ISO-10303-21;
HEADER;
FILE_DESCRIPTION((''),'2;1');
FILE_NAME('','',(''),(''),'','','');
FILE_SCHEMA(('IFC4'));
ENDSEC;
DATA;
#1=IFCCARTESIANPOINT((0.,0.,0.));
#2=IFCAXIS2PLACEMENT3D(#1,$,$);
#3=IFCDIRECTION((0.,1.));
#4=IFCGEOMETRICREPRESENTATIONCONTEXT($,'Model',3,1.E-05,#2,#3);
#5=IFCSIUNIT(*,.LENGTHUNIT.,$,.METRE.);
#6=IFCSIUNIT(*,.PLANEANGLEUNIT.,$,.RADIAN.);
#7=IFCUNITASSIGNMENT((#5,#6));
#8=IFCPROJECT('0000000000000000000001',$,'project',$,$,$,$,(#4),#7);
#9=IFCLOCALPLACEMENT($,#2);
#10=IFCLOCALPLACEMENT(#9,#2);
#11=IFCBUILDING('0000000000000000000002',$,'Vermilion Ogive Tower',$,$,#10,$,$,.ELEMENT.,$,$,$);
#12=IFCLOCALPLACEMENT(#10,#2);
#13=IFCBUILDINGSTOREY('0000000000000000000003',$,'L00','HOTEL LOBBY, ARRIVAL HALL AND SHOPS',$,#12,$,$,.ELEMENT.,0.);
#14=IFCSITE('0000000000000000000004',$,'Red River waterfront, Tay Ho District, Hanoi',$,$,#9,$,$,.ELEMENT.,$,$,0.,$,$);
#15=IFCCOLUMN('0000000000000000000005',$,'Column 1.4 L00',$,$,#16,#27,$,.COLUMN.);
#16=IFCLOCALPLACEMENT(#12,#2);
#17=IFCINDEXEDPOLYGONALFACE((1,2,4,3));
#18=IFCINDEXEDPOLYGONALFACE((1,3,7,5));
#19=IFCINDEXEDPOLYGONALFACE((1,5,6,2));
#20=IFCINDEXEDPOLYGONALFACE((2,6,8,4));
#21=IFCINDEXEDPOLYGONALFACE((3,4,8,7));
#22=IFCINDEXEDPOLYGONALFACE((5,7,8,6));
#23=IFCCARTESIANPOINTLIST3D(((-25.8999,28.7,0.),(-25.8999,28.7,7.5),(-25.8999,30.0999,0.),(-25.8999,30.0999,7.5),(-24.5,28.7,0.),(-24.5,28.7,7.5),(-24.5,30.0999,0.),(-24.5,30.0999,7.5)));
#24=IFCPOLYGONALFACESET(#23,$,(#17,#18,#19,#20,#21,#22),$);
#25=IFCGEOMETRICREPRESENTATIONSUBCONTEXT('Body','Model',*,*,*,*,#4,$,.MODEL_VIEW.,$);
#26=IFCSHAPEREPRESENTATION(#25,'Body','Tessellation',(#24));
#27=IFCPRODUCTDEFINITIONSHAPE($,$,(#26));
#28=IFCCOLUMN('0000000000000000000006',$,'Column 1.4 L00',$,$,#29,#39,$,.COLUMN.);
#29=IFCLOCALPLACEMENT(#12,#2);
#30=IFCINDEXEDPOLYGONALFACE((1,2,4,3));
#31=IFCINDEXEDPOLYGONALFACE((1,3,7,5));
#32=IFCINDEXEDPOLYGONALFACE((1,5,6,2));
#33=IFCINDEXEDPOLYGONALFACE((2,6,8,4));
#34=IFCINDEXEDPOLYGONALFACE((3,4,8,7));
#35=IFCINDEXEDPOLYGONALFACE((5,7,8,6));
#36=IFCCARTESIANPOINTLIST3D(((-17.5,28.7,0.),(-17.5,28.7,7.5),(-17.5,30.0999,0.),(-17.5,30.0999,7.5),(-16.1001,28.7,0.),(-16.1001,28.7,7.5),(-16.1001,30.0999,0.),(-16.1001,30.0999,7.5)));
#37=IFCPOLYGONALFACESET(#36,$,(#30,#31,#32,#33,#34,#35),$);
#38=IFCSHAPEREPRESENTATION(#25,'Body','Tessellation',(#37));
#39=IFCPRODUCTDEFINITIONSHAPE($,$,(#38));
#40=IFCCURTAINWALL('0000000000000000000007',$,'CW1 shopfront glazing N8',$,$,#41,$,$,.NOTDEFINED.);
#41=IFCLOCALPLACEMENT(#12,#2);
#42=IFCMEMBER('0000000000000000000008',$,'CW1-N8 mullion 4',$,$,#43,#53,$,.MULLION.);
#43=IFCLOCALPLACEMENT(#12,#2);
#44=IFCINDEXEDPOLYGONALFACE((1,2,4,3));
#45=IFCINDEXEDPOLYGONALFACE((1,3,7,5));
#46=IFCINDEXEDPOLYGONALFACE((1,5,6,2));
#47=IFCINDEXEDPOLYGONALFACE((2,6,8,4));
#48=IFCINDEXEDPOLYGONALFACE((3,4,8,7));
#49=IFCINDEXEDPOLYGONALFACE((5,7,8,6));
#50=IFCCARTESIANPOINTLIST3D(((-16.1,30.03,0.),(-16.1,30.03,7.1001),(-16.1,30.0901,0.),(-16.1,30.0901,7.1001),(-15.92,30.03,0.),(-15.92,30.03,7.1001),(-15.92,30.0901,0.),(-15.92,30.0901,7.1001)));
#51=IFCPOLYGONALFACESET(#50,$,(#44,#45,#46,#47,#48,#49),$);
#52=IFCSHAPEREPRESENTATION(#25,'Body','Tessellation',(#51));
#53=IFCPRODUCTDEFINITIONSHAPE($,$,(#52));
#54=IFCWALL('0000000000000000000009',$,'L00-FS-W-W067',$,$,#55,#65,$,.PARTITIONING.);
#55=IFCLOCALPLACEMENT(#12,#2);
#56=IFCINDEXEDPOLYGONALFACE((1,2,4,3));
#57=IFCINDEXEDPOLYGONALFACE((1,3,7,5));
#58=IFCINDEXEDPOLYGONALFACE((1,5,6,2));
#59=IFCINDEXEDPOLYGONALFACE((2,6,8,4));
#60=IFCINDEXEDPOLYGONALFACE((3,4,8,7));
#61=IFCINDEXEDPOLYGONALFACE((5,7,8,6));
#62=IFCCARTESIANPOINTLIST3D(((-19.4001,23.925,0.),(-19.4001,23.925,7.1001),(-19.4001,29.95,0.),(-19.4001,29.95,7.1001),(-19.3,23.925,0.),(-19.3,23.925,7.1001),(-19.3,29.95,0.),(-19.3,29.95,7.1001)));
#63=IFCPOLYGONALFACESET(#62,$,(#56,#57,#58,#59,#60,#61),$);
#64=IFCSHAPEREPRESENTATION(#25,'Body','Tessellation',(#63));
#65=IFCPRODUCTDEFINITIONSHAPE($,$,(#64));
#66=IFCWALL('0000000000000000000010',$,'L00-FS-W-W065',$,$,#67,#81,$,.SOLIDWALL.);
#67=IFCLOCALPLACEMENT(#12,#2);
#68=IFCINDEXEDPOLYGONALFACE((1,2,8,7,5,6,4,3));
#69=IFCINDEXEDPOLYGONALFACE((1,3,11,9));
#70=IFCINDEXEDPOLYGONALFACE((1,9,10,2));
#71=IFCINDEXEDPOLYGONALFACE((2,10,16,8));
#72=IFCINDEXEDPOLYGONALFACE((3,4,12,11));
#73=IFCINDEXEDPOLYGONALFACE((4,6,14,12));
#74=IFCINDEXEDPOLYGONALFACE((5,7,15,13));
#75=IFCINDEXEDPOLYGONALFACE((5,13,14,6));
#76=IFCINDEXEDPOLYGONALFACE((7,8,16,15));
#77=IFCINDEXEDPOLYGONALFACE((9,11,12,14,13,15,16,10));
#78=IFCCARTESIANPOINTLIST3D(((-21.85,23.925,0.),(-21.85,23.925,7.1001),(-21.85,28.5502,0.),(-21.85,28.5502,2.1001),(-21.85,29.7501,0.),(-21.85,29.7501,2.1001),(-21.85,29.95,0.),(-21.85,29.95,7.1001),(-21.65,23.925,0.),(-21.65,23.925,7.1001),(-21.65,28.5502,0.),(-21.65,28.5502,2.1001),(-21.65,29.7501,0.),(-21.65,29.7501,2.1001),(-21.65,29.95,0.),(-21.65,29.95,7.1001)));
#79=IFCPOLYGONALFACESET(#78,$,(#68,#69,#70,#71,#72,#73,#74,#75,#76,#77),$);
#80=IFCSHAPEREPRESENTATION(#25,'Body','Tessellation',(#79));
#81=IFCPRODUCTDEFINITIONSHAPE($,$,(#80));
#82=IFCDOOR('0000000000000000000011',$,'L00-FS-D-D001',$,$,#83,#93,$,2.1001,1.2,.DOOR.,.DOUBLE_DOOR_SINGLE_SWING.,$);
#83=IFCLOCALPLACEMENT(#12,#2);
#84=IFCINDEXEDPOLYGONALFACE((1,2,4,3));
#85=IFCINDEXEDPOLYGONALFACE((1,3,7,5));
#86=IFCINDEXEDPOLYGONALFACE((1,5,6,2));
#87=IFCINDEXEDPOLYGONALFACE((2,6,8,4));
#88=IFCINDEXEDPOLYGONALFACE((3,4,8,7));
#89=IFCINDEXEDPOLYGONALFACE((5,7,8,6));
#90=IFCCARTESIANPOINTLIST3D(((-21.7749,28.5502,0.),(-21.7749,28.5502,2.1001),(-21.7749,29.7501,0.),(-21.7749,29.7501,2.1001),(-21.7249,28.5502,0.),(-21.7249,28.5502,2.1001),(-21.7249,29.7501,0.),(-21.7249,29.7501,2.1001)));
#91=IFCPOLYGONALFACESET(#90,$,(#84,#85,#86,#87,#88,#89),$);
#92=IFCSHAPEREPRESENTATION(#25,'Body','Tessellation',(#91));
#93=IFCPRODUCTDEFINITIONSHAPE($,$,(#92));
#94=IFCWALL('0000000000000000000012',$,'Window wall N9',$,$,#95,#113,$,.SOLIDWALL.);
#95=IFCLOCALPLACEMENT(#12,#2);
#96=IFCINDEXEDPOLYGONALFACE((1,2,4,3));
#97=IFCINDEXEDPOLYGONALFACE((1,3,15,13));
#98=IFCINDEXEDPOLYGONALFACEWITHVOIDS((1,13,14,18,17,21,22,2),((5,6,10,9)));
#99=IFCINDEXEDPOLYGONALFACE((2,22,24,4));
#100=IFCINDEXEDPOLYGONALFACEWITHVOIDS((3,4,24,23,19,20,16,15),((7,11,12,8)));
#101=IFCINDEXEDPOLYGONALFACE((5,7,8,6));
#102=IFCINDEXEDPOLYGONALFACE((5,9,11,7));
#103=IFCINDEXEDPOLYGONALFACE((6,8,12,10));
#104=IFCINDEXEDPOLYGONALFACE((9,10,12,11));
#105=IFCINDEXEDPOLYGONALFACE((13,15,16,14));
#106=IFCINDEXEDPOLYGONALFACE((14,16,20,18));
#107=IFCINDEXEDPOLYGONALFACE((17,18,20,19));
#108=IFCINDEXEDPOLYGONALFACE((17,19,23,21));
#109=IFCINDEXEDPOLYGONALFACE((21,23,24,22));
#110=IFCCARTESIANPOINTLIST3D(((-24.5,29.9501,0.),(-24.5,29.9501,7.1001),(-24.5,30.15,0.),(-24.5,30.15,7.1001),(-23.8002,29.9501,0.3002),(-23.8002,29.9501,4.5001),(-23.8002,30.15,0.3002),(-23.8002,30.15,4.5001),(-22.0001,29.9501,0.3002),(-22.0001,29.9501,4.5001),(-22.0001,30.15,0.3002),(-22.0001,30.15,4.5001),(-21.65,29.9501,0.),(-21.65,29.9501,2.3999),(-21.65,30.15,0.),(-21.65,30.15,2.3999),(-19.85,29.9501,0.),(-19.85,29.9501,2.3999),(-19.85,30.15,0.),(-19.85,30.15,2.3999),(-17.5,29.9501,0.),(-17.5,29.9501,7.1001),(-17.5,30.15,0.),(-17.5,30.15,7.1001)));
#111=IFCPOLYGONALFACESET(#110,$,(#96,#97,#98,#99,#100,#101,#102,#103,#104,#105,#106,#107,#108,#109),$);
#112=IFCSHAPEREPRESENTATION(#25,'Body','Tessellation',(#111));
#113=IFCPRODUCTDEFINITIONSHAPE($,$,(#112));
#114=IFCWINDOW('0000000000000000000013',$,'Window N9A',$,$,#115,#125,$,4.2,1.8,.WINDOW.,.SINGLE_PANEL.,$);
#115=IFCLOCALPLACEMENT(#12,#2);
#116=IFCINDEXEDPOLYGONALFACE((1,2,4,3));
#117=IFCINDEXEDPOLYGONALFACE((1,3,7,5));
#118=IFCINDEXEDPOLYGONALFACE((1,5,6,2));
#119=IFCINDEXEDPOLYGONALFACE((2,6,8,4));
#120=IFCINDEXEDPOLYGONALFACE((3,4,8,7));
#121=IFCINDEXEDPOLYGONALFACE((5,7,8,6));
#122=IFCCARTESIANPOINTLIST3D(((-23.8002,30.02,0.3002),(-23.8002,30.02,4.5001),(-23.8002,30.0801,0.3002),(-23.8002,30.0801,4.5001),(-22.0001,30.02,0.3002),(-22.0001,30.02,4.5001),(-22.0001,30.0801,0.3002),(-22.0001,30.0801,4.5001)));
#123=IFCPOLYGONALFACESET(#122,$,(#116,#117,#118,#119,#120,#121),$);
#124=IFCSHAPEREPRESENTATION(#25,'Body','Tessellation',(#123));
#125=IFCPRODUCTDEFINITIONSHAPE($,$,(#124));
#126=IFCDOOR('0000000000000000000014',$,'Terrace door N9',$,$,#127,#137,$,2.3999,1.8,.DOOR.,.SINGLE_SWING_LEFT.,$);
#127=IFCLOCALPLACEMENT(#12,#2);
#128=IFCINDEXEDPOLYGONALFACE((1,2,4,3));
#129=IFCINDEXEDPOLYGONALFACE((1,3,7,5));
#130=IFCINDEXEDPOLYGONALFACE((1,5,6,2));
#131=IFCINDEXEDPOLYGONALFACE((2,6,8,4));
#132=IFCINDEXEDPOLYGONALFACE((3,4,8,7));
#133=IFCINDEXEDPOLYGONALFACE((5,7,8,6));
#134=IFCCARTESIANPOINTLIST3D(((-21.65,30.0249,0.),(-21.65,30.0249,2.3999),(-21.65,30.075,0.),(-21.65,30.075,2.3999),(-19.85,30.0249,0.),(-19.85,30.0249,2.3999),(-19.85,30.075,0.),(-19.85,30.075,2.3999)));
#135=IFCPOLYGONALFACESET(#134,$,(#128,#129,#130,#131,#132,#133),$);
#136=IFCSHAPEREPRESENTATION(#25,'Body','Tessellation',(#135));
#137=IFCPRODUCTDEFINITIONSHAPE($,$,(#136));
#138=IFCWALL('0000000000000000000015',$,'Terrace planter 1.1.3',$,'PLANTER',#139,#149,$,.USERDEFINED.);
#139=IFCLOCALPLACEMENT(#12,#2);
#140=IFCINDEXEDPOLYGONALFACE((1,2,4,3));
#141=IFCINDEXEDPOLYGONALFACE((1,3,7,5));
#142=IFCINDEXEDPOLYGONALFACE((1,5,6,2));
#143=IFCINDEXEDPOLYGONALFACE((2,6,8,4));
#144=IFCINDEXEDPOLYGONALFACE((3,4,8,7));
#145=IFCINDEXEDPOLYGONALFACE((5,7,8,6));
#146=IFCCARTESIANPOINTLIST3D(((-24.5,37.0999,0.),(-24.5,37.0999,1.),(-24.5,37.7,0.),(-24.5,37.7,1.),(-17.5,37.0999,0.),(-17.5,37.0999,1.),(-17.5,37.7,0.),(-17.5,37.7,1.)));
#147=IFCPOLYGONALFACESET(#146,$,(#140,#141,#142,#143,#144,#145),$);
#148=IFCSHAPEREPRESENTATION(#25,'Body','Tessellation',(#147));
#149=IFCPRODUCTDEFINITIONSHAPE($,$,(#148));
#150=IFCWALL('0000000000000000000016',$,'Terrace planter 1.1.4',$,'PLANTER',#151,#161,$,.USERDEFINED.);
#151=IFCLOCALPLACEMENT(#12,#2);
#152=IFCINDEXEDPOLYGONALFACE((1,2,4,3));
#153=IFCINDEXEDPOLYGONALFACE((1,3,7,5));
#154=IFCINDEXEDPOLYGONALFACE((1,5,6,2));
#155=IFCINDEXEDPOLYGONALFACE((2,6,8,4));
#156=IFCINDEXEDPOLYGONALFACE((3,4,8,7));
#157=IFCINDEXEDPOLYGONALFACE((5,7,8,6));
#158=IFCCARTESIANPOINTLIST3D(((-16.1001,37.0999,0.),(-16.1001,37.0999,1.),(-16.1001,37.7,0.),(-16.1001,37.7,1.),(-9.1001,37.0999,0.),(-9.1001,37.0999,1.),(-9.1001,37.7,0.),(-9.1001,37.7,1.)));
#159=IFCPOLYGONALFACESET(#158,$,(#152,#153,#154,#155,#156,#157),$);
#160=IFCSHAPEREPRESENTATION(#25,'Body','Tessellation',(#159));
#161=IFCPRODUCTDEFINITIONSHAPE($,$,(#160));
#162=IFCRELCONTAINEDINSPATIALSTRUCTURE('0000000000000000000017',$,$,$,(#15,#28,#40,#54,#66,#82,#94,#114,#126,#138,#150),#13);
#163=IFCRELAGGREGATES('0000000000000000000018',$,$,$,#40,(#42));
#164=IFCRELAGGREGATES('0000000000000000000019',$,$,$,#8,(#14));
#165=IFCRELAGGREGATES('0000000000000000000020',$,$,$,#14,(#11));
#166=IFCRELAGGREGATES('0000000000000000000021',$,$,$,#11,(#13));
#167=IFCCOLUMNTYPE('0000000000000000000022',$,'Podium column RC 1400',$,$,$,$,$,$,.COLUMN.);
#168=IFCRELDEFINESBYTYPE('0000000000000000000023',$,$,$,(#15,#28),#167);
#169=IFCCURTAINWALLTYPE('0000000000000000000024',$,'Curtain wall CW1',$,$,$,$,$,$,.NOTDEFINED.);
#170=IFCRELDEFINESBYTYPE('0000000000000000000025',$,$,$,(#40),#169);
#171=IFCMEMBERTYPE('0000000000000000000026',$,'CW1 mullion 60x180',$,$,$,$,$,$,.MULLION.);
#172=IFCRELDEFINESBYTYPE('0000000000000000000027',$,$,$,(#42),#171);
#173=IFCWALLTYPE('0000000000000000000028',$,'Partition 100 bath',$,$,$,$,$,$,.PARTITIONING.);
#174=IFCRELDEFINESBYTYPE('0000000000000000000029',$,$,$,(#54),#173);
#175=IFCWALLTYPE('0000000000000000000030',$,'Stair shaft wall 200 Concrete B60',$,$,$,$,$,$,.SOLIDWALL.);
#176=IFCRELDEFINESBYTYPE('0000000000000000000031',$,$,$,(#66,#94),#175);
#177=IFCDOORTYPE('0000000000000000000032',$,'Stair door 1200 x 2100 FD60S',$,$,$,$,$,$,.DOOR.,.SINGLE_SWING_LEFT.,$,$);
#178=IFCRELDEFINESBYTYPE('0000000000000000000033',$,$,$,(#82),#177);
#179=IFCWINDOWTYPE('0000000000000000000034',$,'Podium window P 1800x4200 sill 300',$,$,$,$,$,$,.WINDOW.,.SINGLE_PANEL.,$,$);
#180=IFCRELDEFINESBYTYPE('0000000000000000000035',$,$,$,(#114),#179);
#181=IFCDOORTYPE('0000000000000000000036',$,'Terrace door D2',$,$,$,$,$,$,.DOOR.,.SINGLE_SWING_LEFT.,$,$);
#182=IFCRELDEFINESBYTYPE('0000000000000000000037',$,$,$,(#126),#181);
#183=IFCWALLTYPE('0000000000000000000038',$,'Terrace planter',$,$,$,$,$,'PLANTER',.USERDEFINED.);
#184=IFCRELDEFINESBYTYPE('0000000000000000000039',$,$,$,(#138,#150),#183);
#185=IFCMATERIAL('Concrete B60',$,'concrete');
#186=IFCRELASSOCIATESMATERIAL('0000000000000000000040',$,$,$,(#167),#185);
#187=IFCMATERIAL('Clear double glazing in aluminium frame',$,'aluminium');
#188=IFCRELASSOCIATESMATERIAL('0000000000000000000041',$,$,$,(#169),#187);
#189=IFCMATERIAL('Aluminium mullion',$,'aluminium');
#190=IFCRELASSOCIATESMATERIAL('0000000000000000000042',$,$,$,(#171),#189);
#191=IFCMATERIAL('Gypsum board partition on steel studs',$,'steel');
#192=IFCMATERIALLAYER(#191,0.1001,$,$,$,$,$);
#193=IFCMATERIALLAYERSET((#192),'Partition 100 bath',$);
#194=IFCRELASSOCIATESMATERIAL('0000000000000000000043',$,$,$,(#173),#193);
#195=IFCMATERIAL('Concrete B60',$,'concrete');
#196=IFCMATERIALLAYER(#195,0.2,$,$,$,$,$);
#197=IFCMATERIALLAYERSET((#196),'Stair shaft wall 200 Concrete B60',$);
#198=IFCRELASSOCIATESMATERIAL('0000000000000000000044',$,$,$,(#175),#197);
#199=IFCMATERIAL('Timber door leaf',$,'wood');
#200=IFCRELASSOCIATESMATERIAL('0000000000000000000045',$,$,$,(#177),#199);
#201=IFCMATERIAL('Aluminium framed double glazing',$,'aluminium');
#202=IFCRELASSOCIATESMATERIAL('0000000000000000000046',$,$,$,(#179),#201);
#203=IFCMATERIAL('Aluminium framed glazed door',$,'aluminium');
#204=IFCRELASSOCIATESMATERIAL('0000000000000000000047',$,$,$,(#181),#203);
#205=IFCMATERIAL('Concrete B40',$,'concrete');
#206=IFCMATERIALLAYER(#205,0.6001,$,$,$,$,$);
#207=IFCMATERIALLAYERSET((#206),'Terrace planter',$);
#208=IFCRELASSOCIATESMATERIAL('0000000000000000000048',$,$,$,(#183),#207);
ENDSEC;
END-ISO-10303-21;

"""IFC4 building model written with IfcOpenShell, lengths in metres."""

from ifc_helpers import new_model, si_unit, direction, frame, frame_2d, origin, origin_2d, place, context, subcontext, project, spatial, rectangle, extrude, material, layer, layer_set, material_profile, profile_set, type_object, element, fill, aggregate, save


model = new_model("IFC4")

# Units and contexts
model_context = context("Model", 3, precision=1e-05, world=origin(), true_north=direction((0.0, 1.0)))
body_context = subcontext(model_context, "Body", "Model", "MODEL_VIEW")
ifc_project = project(units=[si_unit("LENGTHUNIT", "METRE"), si_unit("PLANEANGLEUNIT", "RADIAN")], contexts=[model_context])

# Site, building, storey
site_placement = place(None, origin())
site = spatial("IfcSite", under=ifc_project, at=site_placement, Name="Red River waterfront, Tay Ho District, Hanoi", CompositionType="ELEMENT", RefElevation=0.0)
building_placement = place(site_placement, origin())
building = spatial("IfcBuilding", under=site, at=building_placement, Name="Vermilion Ogive Tower", CompositionType="ELEMENT")
storey_placement = place(building_placement, origin())
storey = spatial("IfcBuildingStorey", under=building, at=storey_placement, Name="L00", Description="HOTEL LOBBY, ARRIVAL HALL AND SHOPS", CompositionType="ELEMENT", Elevation=0.0)

# Columns
ifc_material_1 = material(Name="Concrete B60", Category="concrete")
ifc_material_profile_1 = material_profile(ifc_material_1, rectangle(XDim=1.3999, YDim=1.3999, at=origin_2d()), Name="RC 1400x1400")
ifc_profile_set_1 = profile_set([ifc_material_profile_1], Name="Concrete B60")
column_type = type_object("IfcColumnType", Name="Podium column RC 1400", PredefinedType="COLUMN", material=ifc_profile_set_1)
for number, where, z_axis, x_axis, name in (
    (1, (-25.2, 29.3999, 0.0), (0.0, 0.0, 1.0), (1.0, 0.0, 0.0), "Column 1.4 L00"),
    (2, (-16.8, 29.3999, 0.0), (0.0, 0.0, 1.0), (1.0, 0.0, 0.0), "Column 1.4 L00"),
):
    element("IfcColumn", number, at=place(storey_placement, frame(where, z_axis=z_axis, x_axis=x_axis)), inside=storey, type_object=column_type, Name=name, PredefinedType="COLUMN", context=body_context, shape_type="SweptSolid", body=[
        extrude(rectangle(XDim=1.3999, YDim=1.3999, at=origin_2d()), origin(), (0.0, 0.0, 1.0), 7.5),
    ])

# Curtain wall, member
ifc_material_2 = material(Name="Clear double glazing in aluminium frame", Category="aluminium")
curtain_wall_type = type_object("IfcCurtainWallType", Name="Curtain wall CW1", PredefinedType="NOTDEFINED", material=ifc_material_2)
curtain_wall_placement = place(storey_placement, origin())
curtain_wall = element("IfcCurtainWall", 3, at=curtain_wall_placement, inside=storey, type_object=curtain_wall_type, Name="CW1 shopfront glazing N8", PredefinedType="NOTDEFINED")
ifc_material_3 = material(Name="Aluminium mullion", Category="aluminium")
ifc_material_profile_2 = material_profile(ifc_material_3, rectangle(XDim=0.0601, YDim=0.1799, at=origin_2d()), Name="AL 60x180")
ifc_profile_set_2 = profile_set([ifc_material_profile_2], Name="Aluminium mullion")
member_type = type_object("IfcMemberType", Name="CW1 mullion 60x180", PredefinedType="MULLION", material=ifc_profile_set_2)
member_placement = place(storey_placement, frame((-16.01, 30.0601, 0.0), z_axis=(0.0, 0.0, 1.0), x_axis=(0.0, -1.0, 0.0)))
member = element("IfcMember", 4, at=member_placement, type_object=member_type, Name="CW1-N8 mullion 4", PredefinedType="MULLION", context=body_context, shape_type="SweptSolid", body=[
    extrude(rectangle(XDim=0.0601, YDim=0.1799, at=origin_2d()), origin(), (0.0, 0.0, 1.0), 7.1001),
])
aggregate(curtain_wall, [member])

# Wall
ifc_material_4 = material(Name="Gypsum board partition on steel studs", Category="steel")
ifc_layer_1 = layer(ifc_material_4, 0.1001)
ifc_layer_set_1 = layer_set([ifc_layer_1], Name="Partition 100 bath")
wall_type_1 = type_object("IfcWallType", Name="Partition 100 bath", PredefinedType="PARTITIONING", material=ifc_layer_set_1)
wall_1_placement = place(storey_placement, frame((-19.3501, 23.925, 0.0), z_axis=(0.0, 0.0, 1.0), x_axis=(0.0, 1.0, 0.0)))
element("IfcWall", 5, at=wall_1_placement, inside=storey, type_object=wall_type_1, Name="L00-FS-W-W067", PredefinedType="PARTITIONING", context=body_context, shape_type="SweptSolid", body=[
    extrude(rectangle(XDim=6.0249, YDim=0.1001, at=frame_2d((3.0125, 0.0))), origin(), (0.0, 0.0, 1.0), 7.1001),
])

# Wall, opening, door
ifc_material_5 = material(Name="Concrete B60", Category="concrete")
ifc_layer_2 = layer(ifc_material_5, 0.2)
ifc_layer_set_2 = layer_set([ifc_layer_2], Name="Stair shaft wall 200 Concrete B60")
wall_type_2 = type_object("IfcWallType", Name="Stair shaft wall 200 Concrete B60", PredefinedType="SOLIDWALL", material=ifc_layer_set_2)
wall_2_placement = place(storey_placement, frame((-21.75, 23.925, 0.0), z_axis=(0.0, 0.0, 1.0), x_axis=(0.0, 1.0, 0.0)))
wall_2 = element("IfcWall", 6, at=wall_2_placement, inside=storey, type_object=wall_type_2, Name="L00-FS-W-W065", PredefinedType="SOLIDWALL", context=body_context, shape_type="SweptSolid", body=[
    extrude(rectangle(XDim=6.0249, YDim=0.2, at=frame_2d((3.0125, 0.0))), origin(), (0.0, 0.0, 1.0), 7.1001),
])
opening_1_placement = place(wall_2_placement, frame((4.625, 0.0, 0.0)))
opening_1 = element("IfcOpeningElement", 7, at=opening_1_placement, cuts=wall_2, PredefinedType="OPENING", context=body_context, shape_type="SweptSolid", body=[
    extrude(rectangle(XDim=1.2, YDim=2.1001, at=frame_2d((0.6001, 1.05))), frame((0.0, 0.1099, 0.0), z_axis=(0.0, -1.0, 0.0), x_axis=(1.0, 0.0, 0.0)), (0.0, 0.0, 1.0), 0.22),
])
ifc_material_6 = material(Name="Timber door leaf", Category="wood")
door_type_1 = type_object("IfcDoorType", Name="Stair door 1200 x 2100 FD60S", OperationType="SINGLE_SWING_LEFT", PredefinedType="DOOR", material=ifc_material_6)
door_1_placement = place(opening_1_placement, origin())
door_1 = element("IfcDoor", 8, at=door_1_placement, inside=storey, type_object=door_type_1, Name="L00-FS-D-D001", OperationType="DOUBLE_DOOR_SINGLE_SWING", OverallHeight=2.1001, OverallWidth=1.2, PredefinedType="DOOR", context=body_context, shape_type="SweptSolid", body=[
    extrude(rectangle(XDim=1.2, YDim=2.1001, at=frame_2d((0.6001, 1.05))), frame((0.0, 0.0249, 0.0), z_axis=(0.0, -1.0, 0.0), x_axis=(1.0, 0.0, 0.0)), (0.0, 0.0, 1.0), 0.05),
])
fill(opening_1, door_1)

# Wall, openings, window, door
wall_3_placement = place(storey_placement, frame((-24.5, 30.05, 0.0), z_axis=(0.0, 0.0, 1.0), x_axis=(1.0, 0.0, 0.0)))
wall_3 = element("IfcWall", 9, at=wall_3_placement, inside=storey, type_object=wall_type_2, Name="Window wall N9", PredefinedType="SOLIDWALL", context=body_context, shape_type="SweptSolid", body=[
    extrude(rectangle(XDim=7.0, YDim=0.2, at=frame_2d((3.5, 0.0))), origin(), (0.0, 0.0, 1.0), 7.1001),
])
opening_2_placement = place(wall_3_placement, frame((0.7, 0.0, 0.3)))
opening_2 = element("IfcOpeningElement", 10, at=opening_2_placement, cuts=wall_3, PredefinedType="OPENING", context=body_context, shape_type="SweptSolid", body=[
    extrude(rectangle(XDim=1.8, YDim=4.2, at=frame_2d((0.8999, 2.1001))), frame((0.0, 0.1099, 0.0), z_axis=(0.0, -1.0, 0.0), x_axis=(1.0, 0.0, 0.0)), (0.0, 0.0, 1.0), 0.22),
])
opening_3_placement = place(wall_3_placement, frame((2.8501, 0.0, 0.0)))
opening_3 = element("IfcOpeningElement", 11, at=opening_3_placement, cuts=wall_3, PredefinedType="OPENING", context=body_context, shape_type="SweptSolid", body=[
    extrude(rectangle(XDim=1.8, YDim=2.3999, at=frame_2d((0.8999, 1.2))), frame((0.0, 0.1099, 0.0), z_axis=(0.0, -1.0, 0.0), x_axis=(1.0, 0.0, 0.0)), (0.0, 0.0, 1.0), 0.22),
])
ifc_material_7 = material(Name="Aluminium framed double glazing", Category="aluminium")
window_type = type_object("IfcWindowType", Name="Podium window P 1800x4200 sill 300", PartitioningType="SINGLE_PANEL", PredefinedType="WINDOW", material=ifc_material_7)
window_placement = place(opening_2_placement, origin())
window = element("IfcWindow", 12, at=window_placement, inside=storey, type_object=window_type, Name="Window N9A", OverallHeight=4.2, OverallWidth=1.8, PartitioningType="SINGLE_PANEL", PredefinedType="WINDOW", context=body_context, shape_type="SweptSolid", body=[
    extrude(rectangle(XDim=1.8, YDim=4.2, at=frame_2d((0.8999, 2.1001))), frame((0.0, 0.03, 0.0), z_axis=(0.0, -1.0, 0.0), x_axis=(1.0, 0.0, 0.0)), (0.0, 0.0, 1.0), 0.0601),
])
fill(opening_2, window)
ifc_material_8 = material(Name="Aluminium framed glazed door", Category="aluminium")
door_type_2 = type_object("IfcDoorType", Name="Terrace door D2", OperationType="SINGLE_SWING_LEFT", PredefinedType="DOOR", material=ifc_material_8)
door_2_placement = place(opening_3_placement, origin())
door_2 = element("IfcDoor", 13, at=door_2_placement, inside=storey, type_object=door_type_2, Name="Terrace door N9", OperationType="SINGLE_SWING_LEFT", OverallHeight=2.3999, OverallWidth=1.8, PredefinedType="DOOR", context=body_context, shape_type="SweptSolid", body=[
    extrude(rectangle(XDim=1.8, YDim=2.3999, at=frame_2d((0.8999, 1.2))), frame((0.0, 0.0249, 0.0), z_axis=(0.0, -1.0, 0.0), x_axis=(1.0, 0.0, 0.0)), (0.0, 0.0, 1.0), 0.05),
])
fill(opening_3, door_2)

# Walls
ifc_material_9 = material(Name="Concrete B40", Category="concrete")
ifc_layer_3 = layer(ifc_material_9, 0.6001)
ifc_layer_set_3 = layer_set([ifc_layer_3], Name="Terrace planter")
wall_type_3 = type_object("IfcWallType", Name="Terrace planter", ElementType="PLANTER", PredefinedType="USERDEFINED", material=ifc_layer_set_3)
for number, where, z_axis, x_axis, name in (
    (14, (-24.5, 37.3999, 0.0), (0.0, 0.0, 1.0), (1.0, 0.0, 0.0), "Terrace planter 1.1.3"),
    (15, (-16.1001, 37.3999, 0.0), (0.0, 0.0, 1.0), (1.0, 0.0, 0.0), "Terrace planter 1.1.4"),
):
    element("IfcWall", number, at=place(storey_placement, frame(where, z_axis=z_axis, x_axis=x_axis)), inside=storey, type_object=wall_type_3, Name=name, ObjectType="PLANTER", PredefinedType="USERDEFINED", context=body_context, shape_type="SweptSolid", body=[
        extrude(rectangle(XDim=7.0, YDim=0.6001, at=frame_2d((3.5, 0.0))), origin(), (0.0, 0.0, 1.0), 1.0),
    ])

save(model, "model.ifc")
